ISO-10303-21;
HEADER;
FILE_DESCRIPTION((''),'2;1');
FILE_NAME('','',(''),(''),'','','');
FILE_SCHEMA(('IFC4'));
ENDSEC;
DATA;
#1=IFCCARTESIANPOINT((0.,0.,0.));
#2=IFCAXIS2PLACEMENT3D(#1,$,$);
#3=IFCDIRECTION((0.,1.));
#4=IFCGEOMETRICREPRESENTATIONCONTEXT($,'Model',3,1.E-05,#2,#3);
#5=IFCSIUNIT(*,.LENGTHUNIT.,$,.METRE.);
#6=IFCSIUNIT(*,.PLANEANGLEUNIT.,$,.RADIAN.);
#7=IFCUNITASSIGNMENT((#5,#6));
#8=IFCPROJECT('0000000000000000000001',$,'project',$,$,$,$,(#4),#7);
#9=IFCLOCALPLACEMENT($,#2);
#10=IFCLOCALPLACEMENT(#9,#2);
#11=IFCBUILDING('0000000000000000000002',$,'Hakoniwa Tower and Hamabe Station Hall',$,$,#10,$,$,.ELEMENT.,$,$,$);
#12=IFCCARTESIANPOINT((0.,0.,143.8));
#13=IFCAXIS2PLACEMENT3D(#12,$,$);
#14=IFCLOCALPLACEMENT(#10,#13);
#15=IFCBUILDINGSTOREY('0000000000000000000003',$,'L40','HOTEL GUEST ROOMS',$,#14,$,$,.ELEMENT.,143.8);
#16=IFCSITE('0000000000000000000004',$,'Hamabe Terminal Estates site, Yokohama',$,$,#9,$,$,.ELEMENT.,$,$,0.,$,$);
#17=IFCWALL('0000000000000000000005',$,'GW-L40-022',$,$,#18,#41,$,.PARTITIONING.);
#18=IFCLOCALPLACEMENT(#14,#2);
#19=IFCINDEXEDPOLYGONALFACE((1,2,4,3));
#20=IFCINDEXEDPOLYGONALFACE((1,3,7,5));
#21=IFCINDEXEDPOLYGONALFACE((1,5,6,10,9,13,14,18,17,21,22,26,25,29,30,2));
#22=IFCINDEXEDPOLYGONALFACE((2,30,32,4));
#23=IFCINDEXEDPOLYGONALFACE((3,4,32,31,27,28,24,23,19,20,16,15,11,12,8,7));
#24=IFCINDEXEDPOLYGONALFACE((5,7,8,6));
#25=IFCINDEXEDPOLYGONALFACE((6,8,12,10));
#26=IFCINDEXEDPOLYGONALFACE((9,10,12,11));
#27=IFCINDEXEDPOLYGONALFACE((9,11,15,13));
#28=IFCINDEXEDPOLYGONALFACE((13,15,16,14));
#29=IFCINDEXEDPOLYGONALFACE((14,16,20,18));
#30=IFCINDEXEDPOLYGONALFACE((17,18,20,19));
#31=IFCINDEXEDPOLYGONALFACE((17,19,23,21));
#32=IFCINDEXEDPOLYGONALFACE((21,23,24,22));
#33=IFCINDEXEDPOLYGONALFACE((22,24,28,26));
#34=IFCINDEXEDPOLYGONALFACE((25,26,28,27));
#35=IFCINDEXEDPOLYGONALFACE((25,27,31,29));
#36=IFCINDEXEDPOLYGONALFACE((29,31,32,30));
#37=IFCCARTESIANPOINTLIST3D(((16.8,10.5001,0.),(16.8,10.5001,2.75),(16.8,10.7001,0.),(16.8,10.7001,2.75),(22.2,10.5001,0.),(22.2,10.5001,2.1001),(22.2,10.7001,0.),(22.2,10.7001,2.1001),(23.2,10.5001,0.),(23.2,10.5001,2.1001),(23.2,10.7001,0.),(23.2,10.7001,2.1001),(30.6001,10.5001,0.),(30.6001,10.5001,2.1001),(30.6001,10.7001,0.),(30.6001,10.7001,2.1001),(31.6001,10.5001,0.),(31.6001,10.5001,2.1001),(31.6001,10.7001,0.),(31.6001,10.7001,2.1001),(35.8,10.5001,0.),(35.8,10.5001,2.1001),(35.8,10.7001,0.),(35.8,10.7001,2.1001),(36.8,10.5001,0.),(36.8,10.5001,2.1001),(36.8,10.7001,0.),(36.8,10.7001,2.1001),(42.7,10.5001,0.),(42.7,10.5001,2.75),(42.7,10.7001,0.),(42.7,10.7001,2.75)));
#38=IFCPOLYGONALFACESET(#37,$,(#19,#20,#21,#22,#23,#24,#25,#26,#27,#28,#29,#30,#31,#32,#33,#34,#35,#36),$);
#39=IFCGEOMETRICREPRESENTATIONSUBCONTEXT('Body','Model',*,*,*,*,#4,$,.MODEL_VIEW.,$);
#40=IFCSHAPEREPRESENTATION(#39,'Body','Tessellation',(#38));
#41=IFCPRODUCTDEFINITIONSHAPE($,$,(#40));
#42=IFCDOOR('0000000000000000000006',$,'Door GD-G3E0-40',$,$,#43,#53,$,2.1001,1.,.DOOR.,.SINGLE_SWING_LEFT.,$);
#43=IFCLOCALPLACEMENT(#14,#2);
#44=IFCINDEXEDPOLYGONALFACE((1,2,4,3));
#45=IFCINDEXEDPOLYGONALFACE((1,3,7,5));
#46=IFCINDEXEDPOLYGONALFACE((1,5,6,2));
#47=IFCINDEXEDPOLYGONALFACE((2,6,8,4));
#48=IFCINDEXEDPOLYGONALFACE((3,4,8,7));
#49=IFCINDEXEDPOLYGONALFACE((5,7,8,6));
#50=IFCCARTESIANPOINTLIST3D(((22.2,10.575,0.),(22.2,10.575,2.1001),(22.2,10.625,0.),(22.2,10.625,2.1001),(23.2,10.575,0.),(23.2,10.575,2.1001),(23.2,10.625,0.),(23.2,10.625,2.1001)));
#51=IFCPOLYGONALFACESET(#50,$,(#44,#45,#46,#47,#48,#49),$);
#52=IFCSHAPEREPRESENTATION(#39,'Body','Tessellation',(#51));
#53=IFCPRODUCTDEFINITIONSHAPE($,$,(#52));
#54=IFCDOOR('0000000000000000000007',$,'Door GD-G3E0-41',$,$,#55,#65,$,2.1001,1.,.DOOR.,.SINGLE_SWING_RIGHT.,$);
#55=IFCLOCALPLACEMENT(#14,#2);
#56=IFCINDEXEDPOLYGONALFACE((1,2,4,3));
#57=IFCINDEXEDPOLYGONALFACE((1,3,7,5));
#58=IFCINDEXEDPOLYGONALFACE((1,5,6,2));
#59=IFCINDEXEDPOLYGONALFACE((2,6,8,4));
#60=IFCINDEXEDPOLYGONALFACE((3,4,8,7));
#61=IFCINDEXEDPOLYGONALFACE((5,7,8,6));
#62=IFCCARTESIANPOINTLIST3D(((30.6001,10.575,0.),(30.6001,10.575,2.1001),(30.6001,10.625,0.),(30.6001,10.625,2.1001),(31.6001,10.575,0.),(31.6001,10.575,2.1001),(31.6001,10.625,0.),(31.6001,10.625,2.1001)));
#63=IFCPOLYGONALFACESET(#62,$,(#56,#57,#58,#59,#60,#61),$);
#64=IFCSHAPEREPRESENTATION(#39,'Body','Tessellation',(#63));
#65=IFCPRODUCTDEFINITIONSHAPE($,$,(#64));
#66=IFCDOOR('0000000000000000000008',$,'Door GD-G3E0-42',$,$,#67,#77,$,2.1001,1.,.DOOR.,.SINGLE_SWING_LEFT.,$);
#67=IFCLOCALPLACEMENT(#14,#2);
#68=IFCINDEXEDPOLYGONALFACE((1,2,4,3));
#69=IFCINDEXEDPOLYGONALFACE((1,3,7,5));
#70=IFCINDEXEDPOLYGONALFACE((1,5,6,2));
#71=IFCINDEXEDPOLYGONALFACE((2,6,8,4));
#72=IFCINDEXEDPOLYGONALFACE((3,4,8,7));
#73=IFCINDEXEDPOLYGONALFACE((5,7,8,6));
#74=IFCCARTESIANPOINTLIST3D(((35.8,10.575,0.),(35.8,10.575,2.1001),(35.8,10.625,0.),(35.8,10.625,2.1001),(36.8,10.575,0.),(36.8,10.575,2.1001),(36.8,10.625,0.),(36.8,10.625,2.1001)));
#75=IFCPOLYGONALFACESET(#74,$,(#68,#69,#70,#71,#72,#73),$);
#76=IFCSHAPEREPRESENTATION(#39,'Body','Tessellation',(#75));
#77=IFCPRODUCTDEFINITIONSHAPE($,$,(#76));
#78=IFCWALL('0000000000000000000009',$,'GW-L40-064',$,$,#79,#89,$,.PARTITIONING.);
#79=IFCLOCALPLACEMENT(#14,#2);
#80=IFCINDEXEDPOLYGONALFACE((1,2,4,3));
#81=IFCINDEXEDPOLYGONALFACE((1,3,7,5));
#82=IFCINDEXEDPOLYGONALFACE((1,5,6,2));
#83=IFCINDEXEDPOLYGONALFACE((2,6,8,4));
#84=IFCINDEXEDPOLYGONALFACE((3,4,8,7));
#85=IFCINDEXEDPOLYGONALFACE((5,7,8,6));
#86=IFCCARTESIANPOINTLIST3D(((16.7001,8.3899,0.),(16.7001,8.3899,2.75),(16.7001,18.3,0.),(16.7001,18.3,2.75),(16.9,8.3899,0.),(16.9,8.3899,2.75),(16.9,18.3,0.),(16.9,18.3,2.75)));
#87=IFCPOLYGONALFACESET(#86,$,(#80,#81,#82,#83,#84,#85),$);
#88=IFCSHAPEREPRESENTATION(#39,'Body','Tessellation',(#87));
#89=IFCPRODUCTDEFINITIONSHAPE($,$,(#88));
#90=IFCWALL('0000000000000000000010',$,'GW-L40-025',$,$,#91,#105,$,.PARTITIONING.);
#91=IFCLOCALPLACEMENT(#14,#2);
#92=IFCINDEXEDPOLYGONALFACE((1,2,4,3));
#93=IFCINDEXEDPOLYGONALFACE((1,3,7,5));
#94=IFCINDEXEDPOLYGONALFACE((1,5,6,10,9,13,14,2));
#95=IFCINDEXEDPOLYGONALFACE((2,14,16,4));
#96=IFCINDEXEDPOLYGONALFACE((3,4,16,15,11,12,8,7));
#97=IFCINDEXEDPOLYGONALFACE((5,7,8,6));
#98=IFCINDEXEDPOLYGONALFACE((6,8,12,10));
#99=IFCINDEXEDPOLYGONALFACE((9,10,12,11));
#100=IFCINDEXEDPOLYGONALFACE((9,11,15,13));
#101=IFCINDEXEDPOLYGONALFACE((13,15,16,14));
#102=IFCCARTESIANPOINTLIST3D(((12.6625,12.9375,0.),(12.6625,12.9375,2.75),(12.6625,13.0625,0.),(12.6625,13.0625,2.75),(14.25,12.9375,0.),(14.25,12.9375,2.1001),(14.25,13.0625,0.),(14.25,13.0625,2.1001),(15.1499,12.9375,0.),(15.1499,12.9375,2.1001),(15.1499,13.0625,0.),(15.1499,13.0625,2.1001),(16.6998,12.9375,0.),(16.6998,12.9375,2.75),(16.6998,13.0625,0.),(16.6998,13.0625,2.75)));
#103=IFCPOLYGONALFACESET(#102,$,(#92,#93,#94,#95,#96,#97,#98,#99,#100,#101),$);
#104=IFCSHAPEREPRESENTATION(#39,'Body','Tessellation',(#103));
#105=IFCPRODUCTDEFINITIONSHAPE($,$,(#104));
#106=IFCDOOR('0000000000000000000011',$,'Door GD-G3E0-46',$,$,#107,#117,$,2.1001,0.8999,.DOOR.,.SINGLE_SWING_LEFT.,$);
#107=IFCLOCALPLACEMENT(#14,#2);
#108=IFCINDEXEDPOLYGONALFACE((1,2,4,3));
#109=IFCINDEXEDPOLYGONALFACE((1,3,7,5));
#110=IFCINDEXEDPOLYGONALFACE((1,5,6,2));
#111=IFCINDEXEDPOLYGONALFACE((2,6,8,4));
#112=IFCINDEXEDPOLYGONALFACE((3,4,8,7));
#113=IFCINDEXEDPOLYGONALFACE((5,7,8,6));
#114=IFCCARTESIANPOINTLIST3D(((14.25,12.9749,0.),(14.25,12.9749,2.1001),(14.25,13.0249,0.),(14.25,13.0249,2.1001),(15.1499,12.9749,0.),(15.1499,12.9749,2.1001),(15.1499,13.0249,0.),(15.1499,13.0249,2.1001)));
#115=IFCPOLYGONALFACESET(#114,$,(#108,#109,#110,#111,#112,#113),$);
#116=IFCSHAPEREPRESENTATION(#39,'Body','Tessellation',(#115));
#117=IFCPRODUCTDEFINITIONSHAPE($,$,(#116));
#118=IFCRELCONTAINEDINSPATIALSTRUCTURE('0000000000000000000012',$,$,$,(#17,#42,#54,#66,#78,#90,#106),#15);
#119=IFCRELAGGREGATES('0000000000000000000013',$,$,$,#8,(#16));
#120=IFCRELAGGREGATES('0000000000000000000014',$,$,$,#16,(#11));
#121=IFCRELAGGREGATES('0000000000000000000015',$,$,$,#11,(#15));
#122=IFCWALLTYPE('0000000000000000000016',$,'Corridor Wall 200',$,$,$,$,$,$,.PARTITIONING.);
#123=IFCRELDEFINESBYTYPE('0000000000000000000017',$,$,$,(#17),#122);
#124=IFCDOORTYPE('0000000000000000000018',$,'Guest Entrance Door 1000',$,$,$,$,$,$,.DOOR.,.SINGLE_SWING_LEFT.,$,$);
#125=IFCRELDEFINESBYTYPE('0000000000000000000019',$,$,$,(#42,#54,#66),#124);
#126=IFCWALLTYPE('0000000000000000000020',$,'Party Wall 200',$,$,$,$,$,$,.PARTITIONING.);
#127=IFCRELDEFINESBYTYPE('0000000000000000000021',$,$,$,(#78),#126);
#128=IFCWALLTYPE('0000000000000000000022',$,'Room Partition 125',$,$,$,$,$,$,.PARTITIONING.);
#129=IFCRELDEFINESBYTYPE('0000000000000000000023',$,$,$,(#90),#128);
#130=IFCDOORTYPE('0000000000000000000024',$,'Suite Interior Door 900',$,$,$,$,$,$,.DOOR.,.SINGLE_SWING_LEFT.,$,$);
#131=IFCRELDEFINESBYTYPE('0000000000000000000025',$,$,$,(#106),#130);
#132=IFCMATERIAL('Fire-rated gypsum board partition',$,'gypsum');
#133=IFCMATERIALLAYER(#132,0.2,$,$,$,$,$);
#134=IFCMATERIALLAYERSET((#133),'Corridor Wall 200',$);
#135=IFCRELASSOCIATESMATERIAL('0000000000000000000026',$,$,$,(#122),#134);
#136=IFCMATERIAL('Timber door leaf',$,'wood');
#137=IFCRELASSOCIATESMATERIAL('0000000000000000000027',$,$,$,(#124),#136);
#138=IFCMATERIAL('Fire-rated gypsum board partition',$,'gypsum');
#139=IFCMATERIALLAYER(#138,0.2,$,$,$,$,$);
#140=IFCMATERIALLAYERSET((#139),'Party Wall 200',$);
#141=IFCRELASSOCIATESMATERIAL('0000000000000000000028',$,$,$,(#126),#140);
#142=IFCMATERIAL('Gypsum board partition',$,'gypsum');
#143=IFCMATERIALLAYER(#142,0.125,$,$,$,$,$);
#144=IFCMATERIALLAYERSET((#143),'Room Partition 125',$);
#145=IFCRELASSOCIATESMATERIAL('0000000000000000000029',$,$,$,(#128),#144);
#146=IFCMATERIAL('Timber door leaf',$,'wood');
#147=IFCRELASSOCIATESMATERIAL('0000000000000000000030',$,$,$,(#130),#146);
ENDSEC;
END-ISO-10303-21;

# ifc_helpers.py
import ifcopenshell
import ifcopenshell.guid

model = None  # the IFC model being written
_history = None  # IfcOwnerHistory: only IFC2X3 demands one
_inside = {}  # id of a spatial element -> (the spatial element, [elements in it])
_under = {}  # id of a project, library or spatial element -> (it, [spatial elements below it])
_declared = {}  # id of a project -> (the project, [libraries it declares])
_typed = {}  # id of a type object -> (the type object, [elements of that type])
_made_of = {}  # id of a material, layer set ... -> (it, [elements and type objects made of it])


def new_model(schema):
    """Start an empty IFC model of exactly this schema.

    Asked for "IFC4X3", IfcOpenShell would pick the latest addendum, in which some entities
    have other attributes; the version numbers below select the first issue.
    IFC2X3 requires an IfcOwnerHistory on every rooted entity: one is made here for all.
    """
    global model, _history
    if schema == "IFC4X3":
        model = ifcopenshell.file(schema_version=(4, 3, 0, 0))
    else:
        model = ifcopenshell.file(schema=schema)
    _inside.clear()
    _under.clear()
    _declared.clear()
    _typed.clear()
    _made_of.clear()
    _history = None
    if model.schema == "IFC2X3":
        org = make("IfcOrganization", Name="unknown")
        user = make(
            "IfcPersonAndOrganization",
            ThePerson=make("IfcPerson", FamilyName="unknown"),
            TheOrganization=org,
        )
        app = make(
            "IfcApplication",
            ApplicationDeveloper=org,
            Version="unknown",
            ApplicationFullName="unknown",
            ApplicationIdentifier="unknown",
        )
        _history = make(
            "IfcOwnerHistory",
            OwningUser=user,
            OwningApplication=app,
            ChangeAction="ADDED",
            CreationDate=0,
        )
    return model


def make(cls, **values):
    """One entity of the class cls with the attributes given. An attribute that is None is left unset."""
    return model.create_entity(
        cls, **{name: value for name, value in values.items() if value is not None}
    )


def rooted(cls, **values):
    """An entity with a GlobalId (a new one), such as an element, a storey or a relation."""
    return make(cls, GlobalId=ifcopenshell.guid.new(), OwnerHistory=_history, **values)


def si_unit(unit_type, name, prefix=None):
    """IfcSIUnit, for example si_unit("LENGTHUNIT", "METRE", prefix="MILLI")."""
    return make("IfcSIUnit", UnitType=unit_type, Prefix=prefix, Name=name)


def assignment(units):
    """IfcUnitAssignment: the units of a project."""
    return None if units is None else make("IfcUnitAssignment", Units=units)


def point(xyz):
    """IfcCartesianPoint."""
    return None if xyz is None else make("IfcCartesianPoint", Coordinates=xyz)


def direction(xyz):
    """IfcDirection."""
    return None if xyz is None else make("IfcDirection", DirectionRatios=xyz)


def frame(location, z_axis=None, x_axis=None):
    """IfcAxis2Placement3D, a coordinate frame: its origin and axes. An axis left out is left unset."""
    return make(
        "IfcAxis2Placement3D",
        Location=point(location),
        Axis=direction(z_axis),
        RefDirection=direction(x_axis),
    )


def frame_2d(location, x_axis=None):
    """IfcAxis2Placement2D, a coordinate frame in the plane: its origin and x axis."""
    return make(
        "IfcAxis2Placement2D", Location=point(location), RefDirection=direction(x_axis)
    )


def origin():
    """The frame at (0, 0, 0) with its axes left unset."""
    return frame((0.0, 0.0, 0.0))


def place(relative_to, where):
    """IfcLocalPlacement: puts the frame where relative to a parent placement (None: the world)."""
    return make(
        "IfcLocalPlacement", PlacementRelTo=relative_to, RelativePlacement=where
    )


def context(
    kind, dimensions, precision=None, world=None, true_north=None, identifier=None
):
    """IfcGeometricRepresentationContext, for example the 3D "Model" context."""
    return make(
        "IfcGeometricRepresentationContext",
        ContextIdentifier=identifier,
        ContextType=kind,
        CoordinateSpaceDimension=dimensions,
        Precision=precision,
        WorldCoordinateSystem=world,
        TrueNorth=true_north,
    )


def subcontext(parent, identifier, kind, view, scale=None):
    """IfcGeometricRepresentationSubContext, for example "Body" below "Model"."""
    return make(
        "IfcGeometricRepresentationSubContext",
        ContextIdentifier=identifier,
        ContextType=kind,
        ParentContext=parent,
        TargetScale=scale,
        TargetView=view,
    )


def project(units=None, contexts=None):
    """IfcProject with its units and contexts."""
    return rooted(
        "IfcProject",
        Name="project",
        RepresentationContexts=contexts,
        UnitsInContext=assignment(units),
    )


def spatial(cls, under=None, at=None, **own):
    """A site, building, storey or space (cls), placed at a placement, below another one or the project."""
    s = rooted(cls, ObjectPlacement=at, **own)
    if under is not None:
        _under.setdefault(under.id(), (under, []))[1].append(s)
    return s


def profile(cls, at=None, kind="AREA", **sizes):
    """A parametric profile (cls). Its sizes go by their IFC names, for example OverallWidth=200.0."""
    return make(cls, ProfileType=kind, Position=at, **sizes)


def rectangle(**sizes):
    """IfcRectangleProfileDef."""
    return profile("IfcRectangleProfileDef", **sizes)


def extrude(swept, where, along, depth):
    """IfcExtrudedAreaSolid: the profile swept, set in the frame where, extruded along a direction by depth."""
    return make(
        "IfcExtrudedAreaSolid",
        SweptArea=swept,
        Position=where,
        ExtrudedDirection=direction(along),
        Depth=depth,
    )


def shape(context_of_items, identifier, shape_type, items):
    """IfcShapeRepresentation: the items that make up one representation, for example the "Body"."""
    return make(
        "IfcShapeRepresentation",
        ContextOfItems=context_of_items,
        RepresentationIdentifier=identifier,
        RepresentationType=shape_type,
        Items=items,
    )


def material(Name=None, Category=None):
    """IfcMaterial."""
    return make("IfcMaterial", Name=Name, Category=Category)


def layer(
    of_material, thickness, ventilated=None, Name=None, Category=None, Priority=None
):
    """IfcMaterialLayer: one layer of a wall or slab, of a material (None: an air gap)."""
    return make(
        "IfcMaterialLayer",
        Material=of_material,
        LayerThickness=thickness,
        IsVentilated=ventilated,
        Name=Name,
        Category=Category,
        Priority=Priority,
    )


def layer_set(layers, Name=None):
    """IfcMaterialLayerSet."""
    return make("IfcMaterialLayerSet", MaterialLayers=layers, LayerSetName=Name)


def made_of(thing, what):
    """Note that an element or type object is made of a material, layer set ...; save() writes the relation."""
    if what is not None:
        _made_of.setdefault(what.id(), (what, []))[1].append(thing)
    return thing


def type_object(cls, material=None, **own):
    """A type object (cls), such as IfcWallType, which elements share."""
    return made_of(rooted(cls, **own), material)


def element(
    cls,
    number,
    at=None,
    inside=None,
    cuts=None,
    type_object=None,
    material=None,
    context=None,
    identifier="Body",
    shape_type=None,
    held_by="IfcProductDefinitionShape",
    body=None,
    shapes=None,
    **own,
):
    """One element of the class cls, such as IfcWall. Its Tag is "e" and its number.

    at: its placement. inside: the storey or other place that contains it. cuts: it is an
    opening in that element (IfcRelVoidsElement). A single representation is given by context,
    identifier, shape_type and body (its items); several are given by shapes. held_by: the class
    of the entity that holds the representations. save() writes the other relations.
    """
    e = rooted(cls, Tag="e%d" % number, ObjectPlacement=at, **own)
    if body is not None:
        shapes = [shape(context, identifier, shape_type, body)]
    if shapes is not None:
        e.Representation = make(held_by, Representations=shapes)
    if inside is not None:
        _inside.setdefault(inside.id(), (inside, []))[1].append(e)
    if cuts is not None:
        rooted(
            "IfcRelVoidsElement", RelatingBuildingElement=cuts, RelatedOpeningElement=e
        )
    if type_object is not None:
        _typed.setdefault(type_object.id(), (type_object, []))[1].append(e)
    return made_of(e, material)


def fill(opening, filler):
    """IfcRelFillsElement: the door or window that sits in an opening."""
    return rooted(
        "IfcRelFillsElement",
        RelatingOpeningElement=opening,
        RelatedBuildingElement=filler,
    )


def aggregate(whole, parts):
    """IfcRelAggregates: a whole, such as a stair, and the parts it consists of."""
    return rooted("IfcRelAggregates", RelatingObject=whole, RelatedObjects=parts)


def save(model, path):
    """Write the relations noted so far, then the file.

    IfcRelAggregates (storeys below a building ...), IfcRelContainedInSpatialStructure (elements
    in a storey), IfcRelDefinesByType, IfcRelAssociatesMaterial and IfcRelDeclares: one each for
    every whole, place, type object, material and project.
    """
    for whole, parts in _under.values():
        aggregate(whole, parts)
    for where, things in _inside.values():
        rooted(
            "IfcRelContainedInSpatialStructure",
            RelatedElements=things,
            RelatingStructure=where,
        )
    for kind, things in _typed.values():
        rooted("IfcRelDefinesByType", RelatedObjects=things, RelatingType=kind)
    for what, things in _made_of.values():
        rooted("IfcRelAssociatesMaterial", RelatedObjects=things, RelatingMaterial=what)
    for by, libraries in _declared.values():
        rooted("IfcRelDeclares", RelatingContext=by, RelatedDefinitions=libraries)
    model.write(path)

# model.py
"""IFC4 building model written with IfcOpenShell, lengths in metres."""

from ifc_helpers import new_model, si_unit, direction, frame, frame_2d, origin, place, context, subcontext, project, spatial, rectangle, extrude, material, layer, layer_set, type_object, element, fill, save


model = new_model("IFC4")

# Units and contexts
model_context = context("Model", 3, precision=1e-05, world=origin(), true_north=direction((0.0, 1.0)))
body_context = subcontext(model_context, "Body", "Model", "MODEL_VIEW")
ifc_project = project(units=[si_unit("LENGTHUNIT", "METRE"), si_unit("PLANEANGLEUNIT", "RADIAN")], contexts=[model_context])

# Site, building, storey
site_placement = place(None, origin())
site = spatial("IfcSite", under=ifc_project, at=site_placement, Name="Hamabe Terminal Estates site, Yokohama", CompositionType="ELEMENT", RefElevation=0.0)
building_placement = place(site_placement, origin())
building = spatial("IfcBuilding", under=site, at=building_placement, Name="Hakoniwa Tower and Hamabe Station Hall", CompositionType="ELEMENT")
storey_placement = place(building_placement, frame((0.0, 0.0, 143.8)))
storey = spatial("IfcBuildingStorey", under=building, at=storey_placement, Name="L40", Description="HOTEL GUEST ROOMS", CompositionType="ELEMENT", Elevation=143.8)

# Wall, openings, doors
ifc_material_1 = material(Name="Fire-rated gypsum board partition", Category="gypsum")
ifc_layer_1 = layer(ifc_material_1, 0.2)
ifc_layer_set_1 = layer_set([ifc_layer_1], Name="Corridor Wall 200")
wall_type_1 = type_object("IfcWallType", Name="Corridor Wall 200", PredefinedType="PARTITIONING", material=ifc_layer_set_1)
wall_1_placement = place(storey_placement, frame((16.8, 10.6001, 0.0), z_axis=(0.0, 0.0, 1.0), x_axis=(1.0, 0.0, 0.0)))
wall_1 = element("IfcWall", 1, at=wall_1_placement, inside=storey, type_object=wall_type_1, Name="GW-L40-022", PredefinedType="PARTITIONING", context=body_context, shape_type="SweptSolid", body=[
    extrude(rectangle(XDim=25.8999, YDim=0.2, at=frame_2d((12.95, 0.0))), origin(), (0.0, 0.0, 1.0), 2.75),
])
opening_1_placement = place(wall_1_placement, frame((5.3999, 0.0, 0.0)))
opening_1 = element("IfcOpeningElement", 2, at=opening_1_placement, cuts=wall_1, PredefinedType="OPENING", context=body_context, shape_type="SweptSolid", body=[
    extrude(rectangle(XDim=1.0, YDim=2.1001, at=frame_2d((0.5, 1.05))), frame((0.0, 0.1099, 0.0), z_axis=(0.0, -1.0, 0.0), x_axis=(1.0, 0.0, 0.0)), (0.0, 0.0, 1.0), 0.22),
])
opening_2_placement = place(wall_1_placement, frame((13.8, 0.0, 0.0)))
opening_2 = element("IfcOpeningElement", 3, at=opening_2_placement, cuts=wall_1, PredefinedType="OPENING", context=body_context, shape_type="SweptSolid", body=[
    extrude(rectangle(XDim=1.0, YDim=2.1001, at=frame_2d((0.5, 1.05))), frame((0.0, 0.1099, 0.0), z_axis=(0.0, -1.0, 0.0), x_axis=(1.0, 0.0, 0.0)), (0.0, 0.0, 1.0), 0.22),
])
opening_3_placement = place(wall_1_placement, frame((19.0, 0.0, 0.0)))
opening_3 = element("IfcOpeningElement", 4, at=opening_3_placement, cuts=wall_1, PredefinedType="OPENING", context=body_context, shape_type="SweptSolid", body=[
    extrude(rectangle(XDim=1.0, YDim=2.1001, at=frame_2d((0.5, 1.05))), frame((0.0, 0.1099, 0.0), z_axis=(0.0, -1.0, 0.0), x_axis=(1.0, 0.0, 0.0)), (0.0, 0.0, 1.0), 0.22),
])
ifc_material_2 = material(Name="Timber door leaf", Category="wood")
door_type_1 = type_object("IfcDoorType", Name="Guest Entrance Door 1000", OperationType="SINGLE_SWING_LEFT", PredefinedType="DOOR", material=ifc_material_2)
door_1_placement = place(opening_1_placement, origin())
door_1 = element("IfcDoor", 5, at=door_1_placement, inside=storey, type_object=door_type_1, Name="Door GD-G3E0-40", OperationType="SINGLE_SWING_LEFT", OverallHeight=2.1001, OverallWidth=1.0, PredefinedType="DOOR", context=body_context, shape_type="SweptSolid", body=[
    extrude(rectangle(XDim=1.0, YDim=2.1001, at=frame_2d((0.5, 1.05))), frame((0.0, 0.0249, 0.0), z_axis=(0.0, -1.0, 0.0), x_axis=(1.0, 0.0, 0.0)), (0.0, 0.0, 1.0), 0.05),
])
fill(opening_1, door_1)
door_2_placement = place(opening_2_placement, origin())
door_2 = element("IfcDoor", 6, at=door_2_placement, inside=storey, type_object=door_type_1, Name="Door GD-G3E0-41", OperationType="SINGLE_SWING_RIGHT", OverallHeight=2.1001, OverallWidth=1.0, PredefinedType="DOOR", context=body_context, shape_type="SweptSolid", body=[
    extrude(rectangle(XDim=1.0, YDim=2.1001, at=frame_2d((0.5, 1.05))), frame((0.0, 0.0249, 0.0), z_axis=(0.0, -1.0, 0.0), x_axis=(1.0, 0.0, 0.0)), (0.0, 0.0, 1.0), 0.05),
])
fill(opening_2, door_2)
door_3_placement = place(opening_3_placement, origin())
door_3 = element("IfcDoor", 7, at=door_3_placement, inside=storey, type_object=door_type_1, Name="Door GD-G3E0-42", OperationType="SINGLE_SWING_LEFT", OverallHeight=2.1001, OverallWidth=1.0, PredefinedType="DOOR", context=body_context, shape_type="SweptSolid", body=[
    extrude(rectangle(XDim=1.0, YDim=2.1001, at=frame_2d((0.5, 1.05))), frame((0.0, 0.0249, 0.0), z_axis=(0.0, -1.0, 0.0), x_axis=(1.0, 0.0, 0.0)), (0.0, 0.0, 1.0), 0.05),
])
fill(opening_3, door_3)

# Wall
ifc_material_3 = material(Name="Fire-rated gypsum board partition", Category="gypsum")
ifc_layer_2 = layer(ifc_material_3, 0.2)
ifc_layer_set_2 = layer_set([ifc_layer_2], Name="Party Wall 200")
wall_type_2 = type_object("IfcWallType", Name="Party Wall 200", PredefinedType="PARTITIONING", material=ifc_layer_set_2)
wall_2_placement = place(storey_placement, frame((16.8, 8.3899, 0.0), z_axis=(0.0, 0.0, 1.0), x_axis=(0.0, 1.0, 0.0)))
element("IfcWall", 8, at=wall_2_placement, inside=storey, type_object=wall_type_2, Name="GW-L40-064", PredefinedType="PARTITIONING", context=body_context, shape_type="SweptSolid", body=[
    extrude(rectangle(XDim=9.9102, YDim=0.2, at=frame_2d((4.9551, 0.0))), origin(), (0.0, 0.0, 1.0), 2.75),
])

# Wall, opening, door
ifc_material_4 = material(Name="Gypsum board partition", Category="gypsum")
ifc_layer_3 = layer(ifc_material_4, 0.125)
ifc_layer_set_3 = layer_set([ifc_layer_3], Name="Room Partition 125")
wall_type_3 = type_object("IfcWallType", Name="Room Partition 125", PredefinedType="PARTITIONING", material=ifc_layer_set_3)
wall_3_placement = place(storey_placement, frame((12.6626, 13.0, 0.0), z_axis=(0.0, 0.0, 1.0), x_axis=(1.0, 0.0, 0.0)))
wall_3 = element("IfcWall", 9, at=wall_3_placement, inside=storey, type_object=wall_type_3, Name="GW-L40-025", PredefinedType="PARTITIONING", context=body_context, shape_type="SweptSolid", body=[
    extrude(rectangle(XDim=4.0374, YDim=0.125, at=frame_2d((2.0186, 0.0))), origin(), (0.0, 0.0, 1.0), 2.75),
])
opening_4_placement = place(wall_3_placement, frame((1.5874, 0.0, 0.0)))
opening_4 = element("IfcOpeningElement", 10, at=opening_4_placement, cuts=wall_3, PredefinedType="OPENING", context=body_context, shape_type="SweptSolid", body=[
    extrude(rectangle(XDim=0.8999, YDim=2.1001, at=frame_2d((0.45, 1.05))), frame((0.0, 0.0725, 0.0), z_axis=(0.0, -1.0, 0.0), x_axis=(1.0, 0.0, 0.0)), (0.0, 0.0, 1.0), 0.145),
])
ifc_material_5 = material(Name="Timber door leaf", Category="wood")
door_type_2 = type_object("IfcDoorType", Name="Suite Interior Door 900", OperationType="SINGLE_SWING_LEFT", PredefinedType="DOOR", material=ifc_material_5)
door_4_placement = place(opening_4_placement, origin())
door_4 = element("IfcDoor", 11, at=door_4_placement, inside=storey, type_object=door_type_2, Name="Door GD-G3E0-46", OperationType="SINGLE_SWING_LEFT", OverallHeight=2.1001, OverallWidth=0.8999, PredefinedType="DOOR", context=body_context, shape_type="SweptSolid", body=[
    extrude(rectangle(XDim=0.8999, YDim=2.1001, at=frame_2d((0.45, 1.05))), frame((0.0, 0.0249, 0.0), z_axis=(0.0, -1.0, 0.0), x_axis=(1.0, 0.0, 0.0)), (0.0, 0.0, 1.0), 0.05),
])
fill(opening_4, door_4)

save(model, "model.ifc")
